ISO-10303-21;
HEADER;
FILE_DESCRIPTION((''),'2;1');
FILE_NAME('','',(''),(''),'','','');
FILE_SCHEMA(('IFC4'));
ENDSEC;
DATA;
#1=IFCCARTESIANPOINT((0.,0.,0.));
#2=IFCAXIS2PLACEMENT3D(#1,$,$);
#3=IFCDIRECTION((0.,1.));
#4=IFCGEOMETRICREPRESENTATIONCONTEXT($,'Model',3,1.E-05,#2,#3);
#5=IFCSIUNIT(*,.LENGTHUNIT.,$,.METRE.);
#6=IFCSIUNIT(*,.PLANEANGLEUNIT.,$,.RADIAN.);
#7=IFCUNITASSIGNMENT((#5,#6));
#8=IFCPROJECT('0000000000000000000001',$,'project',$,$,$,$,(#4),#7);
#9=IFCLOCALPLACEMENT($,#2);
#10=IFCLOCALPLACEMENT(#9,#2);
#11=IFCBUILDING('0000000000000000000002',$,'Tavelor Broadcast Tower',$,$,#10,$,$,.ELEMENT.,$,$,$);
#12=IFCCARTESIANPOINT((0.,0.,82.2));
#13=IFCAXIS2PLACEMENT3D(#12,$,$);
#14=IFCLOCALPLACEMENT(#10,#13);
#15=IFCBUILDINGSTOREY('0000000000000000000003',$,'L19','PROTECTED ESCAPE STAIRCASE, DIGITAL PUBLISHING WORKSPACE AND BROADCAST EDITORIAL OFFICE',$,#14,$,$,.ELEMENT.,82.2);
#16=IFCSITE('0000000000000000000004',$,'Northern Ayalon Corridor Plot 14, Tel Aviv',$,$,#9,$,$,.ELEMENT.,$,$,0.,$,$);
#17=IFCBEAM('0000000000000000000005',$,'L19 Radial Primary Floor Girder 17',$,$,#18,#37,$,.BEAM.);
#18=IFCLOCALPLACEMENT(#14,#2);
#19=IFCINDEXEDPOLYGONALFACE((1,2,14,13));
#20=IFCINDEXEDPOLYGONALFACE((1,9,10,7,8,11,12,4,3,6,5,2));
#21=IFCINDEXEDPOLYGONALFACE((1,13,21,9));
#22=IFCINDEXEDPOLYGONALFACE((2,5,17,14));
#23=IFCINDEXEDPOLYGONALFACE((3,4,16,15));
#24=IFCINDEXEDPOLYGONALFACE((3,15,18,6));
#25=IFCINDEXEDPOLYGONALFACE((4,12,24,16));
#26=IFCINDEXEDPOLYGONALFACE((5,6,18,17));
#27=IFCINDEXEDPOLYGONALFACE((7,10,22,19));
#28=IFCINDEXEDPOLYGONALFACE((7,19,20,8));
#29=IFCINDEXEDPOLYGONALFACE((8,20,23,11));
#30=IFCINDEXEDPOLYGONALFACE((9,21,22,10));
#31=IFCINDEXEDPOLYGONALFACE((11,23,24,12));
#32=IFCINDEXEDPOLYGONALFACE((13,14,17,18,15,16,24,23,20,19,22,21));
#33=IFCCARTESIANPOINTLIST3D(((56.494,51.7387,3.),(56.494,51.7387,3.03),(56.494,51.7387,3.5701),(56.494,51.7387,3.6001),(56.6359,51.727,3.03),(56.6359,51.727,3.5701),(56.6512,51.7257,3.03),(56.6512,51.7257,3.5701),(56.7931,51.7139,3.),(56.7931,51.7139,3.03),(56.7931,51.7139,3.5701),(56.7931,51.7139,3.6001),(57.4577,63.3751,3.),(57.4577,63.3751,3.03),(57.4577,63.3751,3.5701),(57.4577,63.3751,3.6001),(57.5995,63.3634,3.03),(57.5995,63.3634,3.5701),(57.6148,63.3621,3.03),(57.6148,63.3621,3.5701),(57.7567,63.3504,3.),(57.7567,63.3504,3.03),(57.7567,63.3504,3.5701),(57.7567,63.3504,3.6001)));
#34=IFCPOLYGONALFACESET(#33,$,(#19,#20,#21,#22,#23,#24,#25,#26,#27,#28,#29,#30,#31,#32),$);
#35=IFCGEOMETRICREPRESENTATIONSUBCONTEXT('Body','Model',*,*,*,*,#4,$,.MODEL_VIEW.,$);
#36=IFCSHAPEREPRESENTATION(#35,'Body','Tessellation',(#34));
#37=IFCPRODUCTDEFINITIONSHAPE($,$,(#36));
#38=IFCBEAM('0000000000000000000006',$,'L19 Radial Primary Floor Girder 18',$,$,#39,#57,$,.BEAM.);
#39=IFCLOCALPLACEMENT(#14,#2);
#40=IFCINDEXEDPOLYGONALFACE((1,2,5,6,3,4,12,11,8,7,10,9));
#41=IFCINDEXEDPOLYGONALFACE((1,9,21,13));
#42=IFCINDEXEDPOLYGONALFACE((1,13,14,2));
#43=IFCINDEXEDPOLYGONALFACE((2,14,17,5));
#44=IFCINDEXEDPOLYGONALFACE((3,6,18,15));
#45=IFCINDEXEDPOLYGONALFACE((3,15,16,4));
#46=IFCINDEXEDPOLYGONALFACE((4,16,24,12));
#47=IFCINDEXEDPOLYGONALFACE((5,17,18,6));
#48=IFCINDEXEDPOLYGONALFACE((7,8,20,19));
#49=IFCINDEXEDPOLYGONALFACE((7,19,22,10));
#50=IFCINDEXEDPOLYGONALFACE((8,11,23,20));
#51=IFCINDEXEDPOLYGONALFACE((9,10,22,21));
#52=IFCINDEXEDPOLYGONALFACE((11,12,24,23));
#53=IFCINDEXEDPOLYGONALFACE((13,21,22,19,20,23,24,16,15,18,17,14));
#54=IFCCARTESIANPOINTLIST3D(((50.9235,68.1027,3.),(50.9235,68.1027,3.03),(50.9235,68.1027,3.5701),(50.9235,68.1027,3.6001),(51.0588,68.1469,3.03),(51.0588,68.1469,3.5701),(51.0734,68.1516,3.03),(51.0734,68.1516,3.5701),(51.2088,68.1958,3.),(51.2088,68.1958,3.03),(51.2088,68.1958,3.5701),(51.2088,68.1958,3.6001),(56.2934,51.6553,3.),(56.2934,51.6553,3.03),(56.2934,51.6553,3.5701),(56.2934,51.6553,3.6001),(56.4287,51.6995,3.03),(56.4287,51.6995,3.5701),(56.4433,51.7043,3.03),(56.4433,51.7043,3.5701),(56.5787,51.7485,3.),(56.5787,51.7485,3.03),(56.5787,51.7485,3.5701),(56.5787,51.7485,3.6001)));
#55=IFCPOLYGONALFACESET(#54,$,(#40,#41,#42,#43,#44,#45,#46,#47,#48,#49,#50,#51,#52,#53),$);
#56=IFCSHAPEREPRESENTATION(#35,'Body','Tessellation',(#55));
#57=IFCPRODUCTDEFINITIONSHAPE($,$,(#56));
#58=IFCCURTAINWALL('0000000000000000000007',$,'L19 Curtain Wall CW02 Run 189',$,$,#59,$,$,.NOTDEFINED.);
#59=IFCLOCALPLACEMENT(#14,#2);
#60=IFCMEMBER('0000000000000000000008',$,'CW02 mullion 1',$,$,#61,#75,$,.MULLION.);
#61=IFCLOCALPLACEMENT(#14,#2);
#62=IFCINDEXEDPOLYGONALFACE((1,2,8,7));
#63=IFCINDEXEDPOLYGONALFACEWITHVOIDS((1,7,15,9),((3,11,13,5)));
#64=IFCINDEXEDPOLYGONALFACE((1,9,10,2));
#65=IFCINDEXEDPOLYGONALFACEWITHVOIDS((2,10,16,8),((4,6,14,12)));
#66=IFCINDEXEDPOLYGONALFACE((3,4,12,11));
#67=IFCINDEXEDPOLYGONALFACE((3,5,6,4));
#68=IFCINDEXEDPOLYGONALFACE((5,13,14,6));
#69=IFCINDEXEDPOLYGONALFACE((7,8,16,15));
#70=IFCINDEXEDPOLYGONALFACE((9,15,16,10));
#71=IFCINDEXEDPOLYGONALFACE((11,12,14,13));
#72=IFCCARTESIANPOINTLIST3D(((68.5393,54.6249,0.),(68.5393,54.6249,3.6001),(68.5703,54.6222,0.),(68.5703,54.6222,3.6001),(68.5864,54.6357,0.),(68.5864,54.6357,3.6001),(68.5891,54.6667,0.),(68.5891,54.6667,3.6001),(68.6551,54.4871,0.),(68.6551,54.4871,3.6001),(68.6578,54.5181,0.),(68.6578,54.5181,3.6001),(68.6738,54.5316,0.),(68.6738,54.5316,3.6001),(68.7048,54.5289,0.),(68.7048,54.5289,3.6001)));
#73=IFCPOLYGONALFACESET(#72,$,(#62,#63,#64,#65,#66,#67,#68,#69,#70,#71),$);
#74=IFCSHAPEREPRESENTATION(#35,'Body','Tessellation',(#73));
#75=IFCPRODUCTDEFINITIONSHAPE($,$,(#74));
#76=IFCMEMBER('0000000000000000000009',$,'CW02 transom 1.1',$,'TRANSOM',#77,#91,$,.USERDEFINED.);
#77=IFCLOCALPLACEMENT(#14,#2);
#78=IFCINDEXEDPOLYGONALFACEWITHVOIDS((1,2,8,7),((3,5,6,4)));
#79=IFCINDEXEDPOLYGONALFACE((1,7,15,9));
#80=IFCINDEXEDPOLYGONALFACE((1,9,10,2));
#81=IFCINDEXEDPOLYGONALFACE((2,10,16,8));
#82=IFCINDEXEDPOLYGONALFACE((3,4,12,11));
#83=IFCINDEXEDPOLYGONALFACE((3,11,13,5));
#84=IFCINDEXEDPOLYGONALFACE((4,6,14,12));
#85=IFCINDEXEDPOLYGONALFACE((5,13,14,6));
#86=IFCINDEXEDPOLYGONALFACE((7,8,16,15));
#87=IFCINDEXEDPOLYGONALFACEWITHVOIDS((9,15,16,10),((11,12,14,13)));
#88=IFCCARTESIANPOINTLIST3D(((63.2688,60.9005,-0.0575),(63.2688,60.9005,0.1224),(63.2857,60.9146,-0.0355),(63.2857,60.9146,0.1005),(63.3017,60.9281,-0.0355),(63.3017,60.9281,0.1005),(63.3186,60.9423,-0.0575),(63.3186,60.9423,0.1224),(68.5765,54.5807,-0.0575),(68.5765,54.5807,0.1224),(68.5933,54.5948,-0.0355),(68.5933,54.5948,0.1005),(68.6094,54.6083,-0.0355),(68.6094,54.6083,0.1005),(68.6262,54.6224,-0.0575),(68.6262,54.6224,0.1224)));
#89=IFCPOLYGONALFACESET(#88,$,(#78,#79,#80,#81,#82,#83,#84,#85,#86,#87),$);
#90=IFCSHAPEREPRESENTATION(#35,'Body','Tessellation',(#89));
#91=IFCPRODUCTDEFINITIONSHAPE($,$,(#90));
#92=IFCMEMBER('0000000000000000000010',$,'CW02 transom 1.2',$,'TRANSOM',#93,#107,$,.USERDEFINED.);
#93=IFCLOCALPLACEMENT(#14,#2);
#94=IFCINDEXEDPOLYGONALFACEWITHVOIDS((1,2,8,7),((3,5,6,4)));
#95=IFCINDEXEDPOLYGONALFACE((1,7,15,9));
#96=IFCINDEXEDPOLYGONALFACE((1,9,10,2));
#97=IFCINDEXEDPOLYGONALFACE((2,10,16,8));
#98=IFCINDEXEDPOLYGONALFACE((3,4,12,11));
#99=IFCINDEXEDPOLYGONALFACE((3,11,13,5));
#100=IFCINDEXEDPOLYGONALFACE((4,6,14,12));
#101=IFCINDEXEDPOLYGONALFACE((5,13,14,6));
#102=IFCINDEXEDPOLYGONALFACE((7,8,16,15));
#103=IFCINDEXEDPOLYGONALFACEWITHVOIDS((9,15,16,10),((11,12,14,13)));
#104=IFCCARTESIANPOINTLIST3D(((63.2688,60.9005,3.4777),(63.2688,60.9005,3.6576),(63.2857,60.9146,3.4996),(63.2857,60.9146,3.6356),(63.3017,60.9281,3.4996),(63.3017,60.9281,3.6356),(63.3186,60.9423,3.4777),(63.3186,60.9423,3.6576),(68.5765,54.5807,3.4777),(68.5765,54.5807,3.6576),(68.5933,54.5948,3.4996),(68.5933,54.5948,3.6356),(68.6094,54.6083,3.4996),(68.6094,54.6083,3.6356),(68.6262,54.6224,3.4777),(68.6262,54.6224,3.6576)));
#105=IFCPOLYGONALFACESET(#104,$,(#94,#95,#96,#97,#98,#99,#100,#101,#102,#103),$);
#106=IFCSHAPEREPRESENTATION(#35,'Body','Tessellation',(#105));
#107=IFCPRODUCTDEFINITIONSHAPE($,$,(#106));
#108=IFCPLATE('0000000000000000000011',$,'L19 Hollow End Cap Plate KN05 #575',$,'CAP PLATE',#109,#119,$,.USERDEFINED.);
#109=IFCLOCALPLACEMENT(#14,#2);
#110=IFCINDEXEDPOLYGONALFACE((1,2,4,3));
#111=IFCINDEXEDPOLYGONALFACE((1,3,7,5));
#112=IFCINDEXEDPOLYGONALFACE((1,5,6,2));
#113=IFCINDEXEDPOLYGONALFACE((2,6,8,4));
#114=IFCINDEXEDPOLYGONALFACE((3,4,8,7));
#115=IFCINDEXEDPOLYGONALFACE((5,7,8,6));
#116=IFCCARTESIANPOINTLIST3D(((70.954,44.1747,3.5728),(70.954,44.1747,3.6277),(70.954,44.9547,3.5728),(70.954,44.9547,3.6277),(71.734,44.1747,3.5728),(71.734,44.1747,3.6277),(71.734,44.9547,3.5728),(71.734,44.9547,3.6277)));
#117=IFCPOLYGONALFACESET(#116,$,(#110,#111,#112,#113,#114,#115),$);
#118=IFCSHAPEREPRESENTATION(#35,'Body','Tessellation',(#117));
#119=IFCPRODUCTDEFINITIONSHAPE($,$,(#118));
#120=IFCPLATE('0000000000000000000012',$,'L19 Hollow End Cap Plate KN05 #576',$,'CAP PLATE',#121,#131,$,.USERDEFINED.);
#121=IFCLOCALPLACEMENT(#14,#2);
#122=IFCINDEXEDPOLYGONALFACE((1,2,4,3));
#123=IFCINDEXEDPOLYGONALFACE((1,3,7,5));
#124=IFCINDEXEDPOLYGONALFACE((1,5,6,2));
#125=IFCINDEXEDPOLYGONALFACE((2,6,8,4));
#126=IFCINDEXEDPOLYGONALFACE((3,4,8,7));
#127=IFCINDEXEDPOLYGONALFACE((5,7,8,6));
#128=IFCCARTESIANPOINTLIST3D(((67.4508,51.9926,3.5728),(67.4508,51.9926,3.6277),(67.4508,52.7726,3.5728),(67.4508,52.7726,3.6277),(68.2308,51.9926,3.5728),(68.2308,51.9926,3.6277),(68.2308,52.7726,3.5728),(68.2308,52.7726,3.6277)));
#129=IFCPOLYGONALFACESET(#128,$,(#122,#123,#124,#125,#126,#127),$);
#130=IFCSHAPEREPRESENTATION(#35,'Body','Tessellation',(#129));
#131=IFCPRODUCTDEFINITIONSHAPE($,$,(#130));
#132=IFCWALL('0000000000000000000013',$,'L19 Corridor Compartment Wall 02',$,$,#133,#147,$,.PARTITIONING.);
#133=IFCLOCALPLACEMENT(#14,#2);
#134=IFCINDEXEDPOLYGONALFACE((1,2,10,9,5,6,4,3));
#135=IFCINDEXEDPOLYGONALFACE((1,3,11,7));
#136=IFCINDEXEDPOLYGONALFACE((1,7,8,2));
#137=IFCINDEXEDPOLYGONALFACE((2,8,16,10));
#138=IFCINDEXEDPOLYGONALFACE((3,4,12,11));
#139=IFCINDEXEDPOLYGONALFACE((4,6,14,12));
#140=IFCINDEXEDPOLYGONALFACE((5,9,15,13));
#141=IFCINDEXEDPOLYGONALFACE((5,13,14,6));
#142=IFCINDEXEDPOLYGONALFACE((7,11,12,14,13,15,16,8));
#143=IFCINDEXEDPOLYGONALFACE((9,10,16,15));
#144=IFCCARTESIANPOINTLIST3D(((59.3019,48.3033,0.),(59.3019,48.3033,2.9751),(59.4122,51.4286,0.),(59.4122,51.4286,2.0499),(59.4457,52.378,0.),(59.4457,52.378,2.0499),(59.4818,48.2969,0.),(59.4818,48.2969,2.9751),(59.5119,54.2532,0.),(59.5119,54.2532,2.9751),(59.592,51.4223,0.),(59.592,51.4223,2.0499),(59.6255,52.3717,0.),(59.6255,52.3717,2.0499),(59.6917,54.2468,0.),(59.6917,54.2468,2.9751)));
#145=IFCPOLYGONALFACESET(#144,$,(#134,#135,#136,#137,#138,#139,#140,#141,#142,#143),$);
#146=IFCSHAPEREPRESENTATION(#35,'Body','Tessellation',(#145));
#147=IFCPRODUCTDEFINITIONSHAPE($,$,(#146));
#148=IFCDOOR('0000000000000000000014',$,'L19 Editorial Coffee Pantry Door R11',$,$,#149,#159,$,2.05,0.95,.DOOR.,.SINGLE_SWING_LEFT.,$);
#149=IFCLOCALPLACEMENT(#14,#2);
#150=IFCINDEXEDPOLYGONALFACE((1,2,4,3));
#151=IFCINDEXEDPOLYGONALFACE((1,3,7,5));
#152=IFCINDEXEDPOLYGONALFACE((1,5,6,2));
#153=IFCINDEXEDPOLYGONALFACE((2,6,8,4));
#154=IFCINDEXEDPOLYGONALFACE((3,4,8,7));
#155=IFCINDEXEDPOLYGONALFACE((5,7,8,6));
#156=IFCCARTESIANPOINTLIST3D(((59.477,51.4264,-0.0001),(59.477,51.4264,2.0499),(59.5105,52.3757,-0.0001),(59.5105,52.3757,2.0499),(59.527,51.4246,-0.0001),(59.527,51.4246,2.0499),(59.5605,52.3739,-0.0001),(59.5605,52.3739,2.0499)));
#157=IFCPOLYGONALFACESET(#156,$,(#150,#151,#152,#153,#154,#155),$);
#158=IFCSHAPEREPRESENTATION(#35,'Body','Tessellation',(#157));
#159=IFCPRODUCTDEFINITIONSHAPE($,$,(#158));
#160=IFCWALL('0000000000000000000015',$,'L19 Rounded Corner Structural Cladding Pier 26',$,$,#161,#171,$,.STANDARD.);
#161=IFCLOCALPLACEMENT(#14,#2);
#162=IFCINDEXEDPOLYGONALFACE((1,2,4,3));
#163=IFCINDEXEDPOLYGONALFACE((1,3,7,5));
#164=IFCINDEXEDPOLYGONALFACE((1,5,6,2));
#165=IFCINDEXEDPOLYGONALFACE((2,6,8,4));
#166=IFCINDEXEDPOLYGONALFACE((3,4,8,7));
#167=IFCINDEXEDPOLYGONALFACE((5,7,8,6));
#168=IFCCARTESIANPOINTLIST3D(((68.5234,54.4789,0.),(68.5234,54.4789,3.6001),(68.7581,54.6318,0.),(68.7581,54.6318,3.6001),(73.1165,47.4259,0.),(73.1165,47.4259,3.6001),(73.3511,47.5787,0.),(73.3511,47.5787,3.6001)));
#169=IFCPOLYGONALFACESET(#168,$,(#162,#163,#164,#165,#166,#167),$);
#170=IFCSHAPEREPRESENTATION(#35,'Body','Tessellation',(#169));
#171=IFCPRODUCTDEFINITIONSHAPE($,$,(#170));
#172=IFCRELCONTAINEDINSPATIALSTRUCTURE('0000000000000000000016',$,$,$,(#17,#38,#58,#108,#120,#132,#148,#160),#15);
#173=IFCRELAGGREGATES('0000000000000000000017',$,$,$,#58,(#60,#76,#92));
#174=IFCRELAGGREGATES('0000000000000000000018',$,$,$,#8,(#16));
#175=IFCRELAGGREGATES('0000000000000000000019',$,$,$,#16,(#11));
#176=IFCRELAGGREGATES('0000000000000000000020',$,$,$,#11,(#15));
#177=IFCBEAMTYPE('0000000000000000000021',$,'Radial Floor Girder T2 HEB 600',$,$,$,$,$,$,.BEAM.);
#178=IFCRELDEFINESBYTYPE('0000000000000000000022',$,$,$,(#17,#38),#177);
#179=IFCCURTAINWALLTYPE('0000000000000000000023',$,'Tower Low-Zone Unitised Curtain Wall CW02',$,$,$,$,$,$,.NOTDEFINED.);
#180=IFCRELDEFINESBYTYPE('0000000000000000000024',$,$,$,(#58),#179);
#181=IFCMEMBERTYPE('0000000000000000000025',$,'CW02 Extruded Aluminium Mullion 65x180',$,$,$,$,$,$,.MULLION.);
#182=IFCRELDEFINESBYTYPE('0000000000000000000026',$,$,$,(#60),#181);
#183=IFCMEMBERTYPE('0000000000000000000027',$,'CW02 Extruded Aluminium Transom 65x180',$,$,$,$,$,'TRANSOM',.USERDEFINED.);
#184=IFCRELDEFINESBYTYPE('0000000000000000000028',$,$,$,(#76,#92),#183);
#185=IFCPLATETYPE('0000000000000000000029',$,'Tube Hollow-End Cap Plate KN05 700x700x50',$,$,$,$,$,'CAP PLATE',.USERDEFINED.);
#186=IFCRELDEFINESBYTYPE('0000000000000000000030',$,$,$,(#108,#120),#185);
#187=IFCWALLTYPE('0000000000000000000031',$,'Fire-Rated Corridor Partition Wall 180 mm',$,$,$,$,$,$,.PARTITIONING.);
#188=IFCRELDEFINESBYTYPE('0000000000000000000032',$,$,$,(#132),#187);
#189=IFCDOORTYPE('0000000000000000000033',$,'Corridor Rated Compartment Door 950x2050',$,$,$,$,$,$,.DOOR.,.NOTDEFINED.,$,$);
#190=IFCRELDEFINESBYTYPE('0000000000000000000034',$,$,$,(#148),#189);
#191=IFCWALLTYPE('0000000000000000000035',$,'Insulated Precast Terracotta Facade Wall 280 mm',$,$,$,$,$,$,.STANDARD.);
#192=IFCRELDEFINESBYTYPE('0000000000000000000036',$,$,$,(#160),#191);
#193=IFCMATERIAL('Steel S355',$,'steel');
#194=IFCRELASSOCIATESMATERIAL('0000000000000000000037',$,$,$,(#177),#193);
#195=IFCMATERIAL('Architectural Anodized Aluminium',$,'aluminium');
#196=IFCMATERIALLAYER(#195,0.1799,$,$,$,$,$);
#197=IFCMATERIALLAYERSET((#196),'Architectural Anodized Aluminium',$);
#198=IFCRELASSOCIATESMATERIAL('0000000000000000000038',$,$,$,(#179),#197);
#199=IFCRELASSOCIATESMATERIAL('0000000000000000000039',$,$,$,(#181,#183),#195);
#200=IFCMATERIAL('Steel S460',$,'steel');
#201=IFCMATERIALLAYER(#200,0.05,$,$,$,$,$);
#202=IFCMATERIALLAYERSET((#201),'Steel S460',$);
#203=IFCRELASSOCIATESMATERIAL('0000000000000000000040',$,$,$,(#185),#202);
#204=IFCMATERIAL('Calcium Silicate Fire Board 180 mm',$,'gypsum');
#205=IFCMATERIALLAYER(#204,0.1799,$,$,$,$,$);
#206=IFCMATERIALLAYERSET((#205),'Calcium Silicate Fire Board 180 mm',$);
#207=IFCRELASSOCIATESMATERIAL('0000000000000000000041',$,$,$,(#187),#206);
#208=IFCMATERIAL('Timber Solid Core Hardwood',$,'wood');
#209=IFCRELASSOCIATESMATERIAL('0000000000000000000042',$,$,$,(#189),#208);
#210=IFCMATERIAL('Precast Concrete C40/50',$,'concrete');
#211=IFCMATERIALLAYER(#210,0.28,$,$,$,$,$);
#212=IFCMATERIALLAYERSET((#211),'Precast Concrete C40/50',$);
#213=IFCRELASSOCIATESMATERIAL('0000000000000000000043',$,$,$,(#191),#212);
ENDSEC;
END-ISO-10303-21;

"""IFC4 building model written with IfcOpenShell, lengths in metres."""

from ifc_helpers import new_model, si_unit, direction, frame, frame_2d, origin, origin_2d, place, context, subcontext, project, spatial, rectangle, hollow_rectangle, i_section, extrude, source, transform, mapped, material, layer, layer_set, material_profile, profile_set, type_object, type_shapes, element, fill, aggregate, save


model = new_model("IFC4")

# Units and contexts
model_context = context("Model", 3, precision=1e-05, world=origin(), true_north=direction((0.0, 1.0)))
body_context = subcontext(model_context, "Body", "Model", "MODEL_VIEW")
ifc_project = project(units=[si_unit("LENGTHUNIT", "METRE"), si_unit("PLANEANGLEUNIT", "RADIAN")], contexts=[model_context])

# Site, building, storey
site_placement = place(None, origin())
site = spatial("IfcSite", under=ifc_project, at=site_placement, Name="Northern Ayalon Corridor Plot 14, Tel Aviv", CompositionType="ELEMENT", RefElevation=0.0)
building_placement = place(site_placement, origin())
building = spatial("IfcBuilding", under=site, at=building_placement, Name="Tavelor Broadcast Tower", CompositionType="ELEMENT")
storey_placement = place(building_placement, frame((0.0, 0.0, 82.2)))
storey = spatial("IfcBuildingStorey", under=building, at=storey_placement, Name="L19", Description="PROTECTED ESCAPE STAIRCASE, DIGITAL PUBLISHING WORKSPACE AND BROADCAST EDITORIAL OFFICE", CompositionType="ELEMENT", Elevation=82.2)

# Shared definitions
ifc_material_1 = material(Name="Steel S460", Category="steel")

# Beams
ifc_material_2 = material(Name="Steel S355", Category="steel")
ifc_material_profile_1 = material_profile(ifc_material_2, i_section(OverallWidth=0.3, OverallDepth=0.6001, WebThickness=0.0154, FlangeThickness=0.03, at=origin_2d()), Name="HEB 600")
ifc_profile_set_1 = profile_set([ifc_material_profile_1], Name="Steel S355")
beam_type_1 = type_object("IfcBeamType", Name="Radial Floor Girder T2 HEB 600", PredefinedType="BEAM", material=ifc_profile_set_1)
beam_1_placement = place(storey_placement, frame((56.6436, 51.7263, 3.3), z_axis=(0.082528, 0.996589, 0.0), x_axis=(-0.996589, 0.082528, 0.0)))
element("IfcBeam", 1, at=beam_1_placement, inside=storey, type_object=beam_type_1, Name="L19 Radial Primary Floor Girder 17", PredefinedType="BEAM", context=body_context, shape_type="SweptSolid", body=[
    extrude(i_section(OverallWidth=0.3, OverallDepth=0.6001, WebThickness=0.0154, FlangeThickness=0.03, at=origin_2d()), origin(), (0.0, 0.0, 1.0), 11.6763),
])
beam_2_placement = place(storey_placement, frame((56.436, 51.7019, 3.3), z_axis=(-0.310367, 0.950617, 0.0), x_axis=(-0.950617, -0.310367, 0.0)))
element("IfcBeam", 2, at=beam_2_placement, inside=storey, type_object=beam_type_1, Name="L19 Radial Primary Floor Girder 18", PredefinedType="BEAM", context=body_context, shape_type="SweptSolid", body=[
    extrude(i_section(OverallWidth=0.3, OverallDepth=0.6001, WebThickness=0.0154, FlangeThickness=0.03, at=origin_2d()), origin(), (0.0, 0.0, 1.0), 17.3018),
])

# Curtain wall, members
ifc_material_3 = material(Name="Architectural Anodized Aluminium", Category="aluminium")
ifc_layer_1 = layer(ifc_material_3, 0.1799)
ifc_layer_set_1 = layer_set([ifc_layer_1], Name="Architectural Anodized Aluminium")
curtain_wall_type = type_object("IfcCurtainWallType", Name="Tower Low-Zone Unitised Curtain Wall CW02", PredefinedType="NOTDEFINED", material=ifc_layer_set_1)
curtain_wall_placement = place(storey_placement, origin())
curtain_wall = element("IfcCurtainWall", 3, at=curtain_wall_placement, inside=storey, type_object=curtain_wall_type, Name="L19 Curtain Wall CW02 Run 189", PredefinedType="NOTDEFINED")
ifc_material_profile_2 = material_profile(ifc_material_3, hollow_rectangle(XDim=0.0649, YDim=0.1799, WallThickness=0.022, at=origin_2d()), Name="RHS 65x180x22")
ifc_profile_set_2 = profile_set([ifc_material_profile_2], Name="Architectural Anodized Aluminium")
member_type_1 = type_object("IfcMemberType", Name="CW02 Extruded Aluminium Mullion 65x180", PredefinedType="MULLION", material=ifc_profile_set_2)
shared_shape_1 = source(origin(), body_context, "Body", "SweptSolid", [
    extrude(hollow_rectangle(XDim=0.0649, YDim=0.1799, WallThickness=0.022, at=origin_2d()), origin(), (0.0, 0.0, 1.0), 3.6001),
])
type_shapes(member_type_1, [shared_shape_1])
member_1_placement = place(storey_placement, frame((68.6221, 54.5769, 0.0), z_axis=(0.0, 0.0, 1.0), x_axis=(-0.765764, -0.643121, 0.0)))
member_1 = element("IfcMember", 4, at=member_1_placement, type_object=member_type_1, Name="CW02 mullion 1", PredefinedType="MULLION", context=body_context, shape_type="MappedRepresentation", body=[
    mapped(shared_shape_1, transform((0.0, 0.0, 0.0), scale=1.0)),
])
ifc_material_profile_3 = material_profile(ifc_material_3, hollow_rectangle(XDim=0.0649, YDim=0.1799, WallThickness=0.022, at=origin_2d()), Name="RHS 65x180x22")
ifc_profile_set_3 = profile_set([ifc_material_profile_3], Name="Architectural Anodized Aluminium")
member_type_2 = type_object("IfcMemberType", Name="CW02 Extruded Aluminium Transom 65x180", ElementType="TRANSOM", PredefinedType="USERDEFINED", material=ifc_profile_set_3)
shared_shape_2 = source(origin(), body_context, "Body", "SweptSolid", [
    extrude(hollow_rectangle(XDim=0.0649, YDim=0.1799, WallThickness=0.022, at=origin_2d()), origin(), (0.0, 0.0, 1.0), 8.2529),
])
type_shapes(member_type_2, [shared_shape_2])
member_2_placement = place(storey_placement, frame((68.6013, 54.6016, 0.0325), z_axis=(-0.643119, 0.765767, 0.0), x_axis=(-0.765767, -0.643119, 0.0)))
member_2 = element("IfcMember", 5, at=member_2_placement, type_object=member_type_2, Name="CW02 transom 1.1", ObjectType="TRANSOM", PredefinedType="USERDEFINED", context=body_context, shape_type="MappedRepresentation", body=[
    mapped(shared_shape_2, transform((0.0, 0.0, 0.0), scale=1.0)),
])
member_3_placement = place(storey_placement, frame((68.6013, 54.6016, 3.5676), z_axis=(-0.643119, 0.765767, 0.0), x_axis=(-0.765767, -0.643119, 0.0)))
member_3 = element("IfcMember", 6, at=member_3_placement, type_object=member_type_2, Name="CW02 transom 1.2", ObjectType="TRANSOM", PredefinedType="USERDEFINED", context=body_context, shape_type="MappedRepresentation", body=[
    mapped(shared_shape_2, transform((0.0, 0.0, 0.0), scale=1.0)),
])
aggregate(curtain_wall, [member_1, member_2, member_3])

# Plates
ifc_layer_2 = layer(ifc_material_1, 0.05)
ifc_layer_set_2 = layer_set([ifc_layer_2], Name="Steel S460")
plate_type = type_object("IfcPlateType", Name="Tube Hollow-End Cap Plate KN05 700x700x50", ElementType="CAP PLATE", PredefinedType="USERDEFINED", material=ifc_layer_set_2)
shared_shape_3 = source(origin(), body_context, "Body", "SweptSolid", [
    extrude(rectangle(XDim=0.78, YDim=0.78, at=origin_2d()), origin(), (0.0, 0.0, 1.0), 0.0549),
])
type_shapes(plate_type, [shared_shape_3])
for number, where, z_axis, x_axis, name in (
    (7, (71.344, 44.5647, 3.5728), (0.0, 0.0, 1.0), (1.0, 0.0, 0.0), "L19 Hollow End Cap Plate KN05 #575"),
    (8, (67.8408, 52.3826, 3.5728), (0.0, 0.0, 1.0), (1.0, 0.0, 0.0), "L19 Hollow End Cap Plate KN05 #576"),
):
    element("IfcPlate", number, at=place(storey_placement, frame(where, z_axis=z_axis, x_axis=x_axis)), inside=storey, type_object=plate_type, Name=name, ObjectType="CAP PLATE", PredefinedType="USERDEFINED", context=body_context, shape_type="MappedRepresentation", body=[
        mapped(shared_shape_3, transform((0.0, 0.0, 0.0), scale=1.0)),
    ])

# Wall, opening, door
ifc_material_4 = material(Name="Calcium Silicate Fire Board 180 mm", Category="gypsum")
ifc_layer_3 = layer(ifc_material_4, 0.1799)
ifc_layer_set_3 = layer_set([ifc_layer_3], Name="Calcium Silicate Fire Board 180 mm")
wall_type_1 = type_object("IfcWallType", Name="Fire-Rated Corridor Partition Wall 180 mm", PredefinedType="PARTITIONING", material=ifc_layer_set_3)
wall_1_placement = place(storey_placement, frame((59.6018, 54.25, 0.0), z_axis=(0.0, 0.0, 1.0), x_axis=(-0.035266, -0.999378, 0.0)))
wall_1 = element("IfcWall", 9, at=wall_1_placement, inside=storey, type_object=wall_type_1, Name="L19 Corridor Compartment Wall 02", PredefinedType="PARTITIONING", context=body_context, shape_type="SweptSolid", body=[
    extrude(rectangle(XDim=5.9536, YDim=0.1799, at=frame_2d((2.9768, 0.0))), origin(), (0.0, 0.0, 1.0), 2.9751),
])
opening_placement = place(wall_1_placement, frame((1.8762, 0.0, 0.0)))
opening = element("IfcOpeningElement", 10, at=opening_placement, cuts=wall_1, PredefinedType="OPENING", context=body_context, shape_type="SweptSolid", body=[
    extrude(rectangle(XDim=0.95, YDim=2.05, at=frame_2d((0.4751, 1.0249))), frame((0.0, 0.1001, 0.0), z_axis=(0.0, -1.0, 0.0), x_axis=(1.0, 0.0, 0.0)), (0.0, 0.0, 1.0), 0.2),
])
ifc_material_5 = material(Name="Timber Solid Core Hardwood", Category="wood")
door_type = type_object("IfcDoorType", Name="Corridor Rated Compartment Door 950x2050", OperationType="NOTDEFINED", PredefinedType="DOOR", material=ifc_material_5)
door_placement = place(opening_placement, origin())
door = element("IfcDoor", 11, at=door_placement, inside=storey, type_object=door_type, Name="L19 Editorial Coffee Pantry Door R11", OperationType="SINGLE_SWING_LEFT", OverallHeight=2.05, OverallWidth=0.95, PredefinedType="DOOR", context=body_context, shape_type="SweptSolid", body=[
    extrude(rectangle(XDim=0.95, YDim=2.05, at=frame_2d((0.4751, 1.0249))), frame((0.0, 0.0249, 0.0), z_axis=(0.0, -1.0, 0.0), x_axis=(1.0, 0.0, 0.0)), (0.0, 0.0, 1.0), 0.05),
])
fill(opening, door)

# Wall
ifc_material_6 = material(Name="Precast Concrete C40/50", Category="concrete")
ifc_layer_4 = layer(ifc_material_6, 0.28)
ifc_layer_set_4 = layer_set([ifc_layer_4], Name="Precast Concrete C40/50")
wall_type_2 = type_object("IfcWallType", Name="Insulated Precast Terracotta Facade Wall 280 mm", PredefinedType="STANDARD", material=ifc_layer_set_4)
wall_2_placement = place(storey_placement, frame((73.2339, 47.5022, 0.0), z_axis=(0.0, 0.0, 1.0), x_axis=(-0.545705, 0.837977, 0.0)))
element("IfcWall", 12, at=wall_2_placement, inside=storey, type_object=wall_type_2, Name="L19 Rounded Corner Structural Cladding Pier 26", PredefinedType="STANDARD", context=body_context, shape_type="SweptSolid", body=[
    extrude(rectangle(XDim=8.4167, YDim=0.28, at=frame_2d((4.2085, 0.0))), origin(), (0.0, 0.0, 1.0), 3.6001),
])

save(model, "model.ifc")
